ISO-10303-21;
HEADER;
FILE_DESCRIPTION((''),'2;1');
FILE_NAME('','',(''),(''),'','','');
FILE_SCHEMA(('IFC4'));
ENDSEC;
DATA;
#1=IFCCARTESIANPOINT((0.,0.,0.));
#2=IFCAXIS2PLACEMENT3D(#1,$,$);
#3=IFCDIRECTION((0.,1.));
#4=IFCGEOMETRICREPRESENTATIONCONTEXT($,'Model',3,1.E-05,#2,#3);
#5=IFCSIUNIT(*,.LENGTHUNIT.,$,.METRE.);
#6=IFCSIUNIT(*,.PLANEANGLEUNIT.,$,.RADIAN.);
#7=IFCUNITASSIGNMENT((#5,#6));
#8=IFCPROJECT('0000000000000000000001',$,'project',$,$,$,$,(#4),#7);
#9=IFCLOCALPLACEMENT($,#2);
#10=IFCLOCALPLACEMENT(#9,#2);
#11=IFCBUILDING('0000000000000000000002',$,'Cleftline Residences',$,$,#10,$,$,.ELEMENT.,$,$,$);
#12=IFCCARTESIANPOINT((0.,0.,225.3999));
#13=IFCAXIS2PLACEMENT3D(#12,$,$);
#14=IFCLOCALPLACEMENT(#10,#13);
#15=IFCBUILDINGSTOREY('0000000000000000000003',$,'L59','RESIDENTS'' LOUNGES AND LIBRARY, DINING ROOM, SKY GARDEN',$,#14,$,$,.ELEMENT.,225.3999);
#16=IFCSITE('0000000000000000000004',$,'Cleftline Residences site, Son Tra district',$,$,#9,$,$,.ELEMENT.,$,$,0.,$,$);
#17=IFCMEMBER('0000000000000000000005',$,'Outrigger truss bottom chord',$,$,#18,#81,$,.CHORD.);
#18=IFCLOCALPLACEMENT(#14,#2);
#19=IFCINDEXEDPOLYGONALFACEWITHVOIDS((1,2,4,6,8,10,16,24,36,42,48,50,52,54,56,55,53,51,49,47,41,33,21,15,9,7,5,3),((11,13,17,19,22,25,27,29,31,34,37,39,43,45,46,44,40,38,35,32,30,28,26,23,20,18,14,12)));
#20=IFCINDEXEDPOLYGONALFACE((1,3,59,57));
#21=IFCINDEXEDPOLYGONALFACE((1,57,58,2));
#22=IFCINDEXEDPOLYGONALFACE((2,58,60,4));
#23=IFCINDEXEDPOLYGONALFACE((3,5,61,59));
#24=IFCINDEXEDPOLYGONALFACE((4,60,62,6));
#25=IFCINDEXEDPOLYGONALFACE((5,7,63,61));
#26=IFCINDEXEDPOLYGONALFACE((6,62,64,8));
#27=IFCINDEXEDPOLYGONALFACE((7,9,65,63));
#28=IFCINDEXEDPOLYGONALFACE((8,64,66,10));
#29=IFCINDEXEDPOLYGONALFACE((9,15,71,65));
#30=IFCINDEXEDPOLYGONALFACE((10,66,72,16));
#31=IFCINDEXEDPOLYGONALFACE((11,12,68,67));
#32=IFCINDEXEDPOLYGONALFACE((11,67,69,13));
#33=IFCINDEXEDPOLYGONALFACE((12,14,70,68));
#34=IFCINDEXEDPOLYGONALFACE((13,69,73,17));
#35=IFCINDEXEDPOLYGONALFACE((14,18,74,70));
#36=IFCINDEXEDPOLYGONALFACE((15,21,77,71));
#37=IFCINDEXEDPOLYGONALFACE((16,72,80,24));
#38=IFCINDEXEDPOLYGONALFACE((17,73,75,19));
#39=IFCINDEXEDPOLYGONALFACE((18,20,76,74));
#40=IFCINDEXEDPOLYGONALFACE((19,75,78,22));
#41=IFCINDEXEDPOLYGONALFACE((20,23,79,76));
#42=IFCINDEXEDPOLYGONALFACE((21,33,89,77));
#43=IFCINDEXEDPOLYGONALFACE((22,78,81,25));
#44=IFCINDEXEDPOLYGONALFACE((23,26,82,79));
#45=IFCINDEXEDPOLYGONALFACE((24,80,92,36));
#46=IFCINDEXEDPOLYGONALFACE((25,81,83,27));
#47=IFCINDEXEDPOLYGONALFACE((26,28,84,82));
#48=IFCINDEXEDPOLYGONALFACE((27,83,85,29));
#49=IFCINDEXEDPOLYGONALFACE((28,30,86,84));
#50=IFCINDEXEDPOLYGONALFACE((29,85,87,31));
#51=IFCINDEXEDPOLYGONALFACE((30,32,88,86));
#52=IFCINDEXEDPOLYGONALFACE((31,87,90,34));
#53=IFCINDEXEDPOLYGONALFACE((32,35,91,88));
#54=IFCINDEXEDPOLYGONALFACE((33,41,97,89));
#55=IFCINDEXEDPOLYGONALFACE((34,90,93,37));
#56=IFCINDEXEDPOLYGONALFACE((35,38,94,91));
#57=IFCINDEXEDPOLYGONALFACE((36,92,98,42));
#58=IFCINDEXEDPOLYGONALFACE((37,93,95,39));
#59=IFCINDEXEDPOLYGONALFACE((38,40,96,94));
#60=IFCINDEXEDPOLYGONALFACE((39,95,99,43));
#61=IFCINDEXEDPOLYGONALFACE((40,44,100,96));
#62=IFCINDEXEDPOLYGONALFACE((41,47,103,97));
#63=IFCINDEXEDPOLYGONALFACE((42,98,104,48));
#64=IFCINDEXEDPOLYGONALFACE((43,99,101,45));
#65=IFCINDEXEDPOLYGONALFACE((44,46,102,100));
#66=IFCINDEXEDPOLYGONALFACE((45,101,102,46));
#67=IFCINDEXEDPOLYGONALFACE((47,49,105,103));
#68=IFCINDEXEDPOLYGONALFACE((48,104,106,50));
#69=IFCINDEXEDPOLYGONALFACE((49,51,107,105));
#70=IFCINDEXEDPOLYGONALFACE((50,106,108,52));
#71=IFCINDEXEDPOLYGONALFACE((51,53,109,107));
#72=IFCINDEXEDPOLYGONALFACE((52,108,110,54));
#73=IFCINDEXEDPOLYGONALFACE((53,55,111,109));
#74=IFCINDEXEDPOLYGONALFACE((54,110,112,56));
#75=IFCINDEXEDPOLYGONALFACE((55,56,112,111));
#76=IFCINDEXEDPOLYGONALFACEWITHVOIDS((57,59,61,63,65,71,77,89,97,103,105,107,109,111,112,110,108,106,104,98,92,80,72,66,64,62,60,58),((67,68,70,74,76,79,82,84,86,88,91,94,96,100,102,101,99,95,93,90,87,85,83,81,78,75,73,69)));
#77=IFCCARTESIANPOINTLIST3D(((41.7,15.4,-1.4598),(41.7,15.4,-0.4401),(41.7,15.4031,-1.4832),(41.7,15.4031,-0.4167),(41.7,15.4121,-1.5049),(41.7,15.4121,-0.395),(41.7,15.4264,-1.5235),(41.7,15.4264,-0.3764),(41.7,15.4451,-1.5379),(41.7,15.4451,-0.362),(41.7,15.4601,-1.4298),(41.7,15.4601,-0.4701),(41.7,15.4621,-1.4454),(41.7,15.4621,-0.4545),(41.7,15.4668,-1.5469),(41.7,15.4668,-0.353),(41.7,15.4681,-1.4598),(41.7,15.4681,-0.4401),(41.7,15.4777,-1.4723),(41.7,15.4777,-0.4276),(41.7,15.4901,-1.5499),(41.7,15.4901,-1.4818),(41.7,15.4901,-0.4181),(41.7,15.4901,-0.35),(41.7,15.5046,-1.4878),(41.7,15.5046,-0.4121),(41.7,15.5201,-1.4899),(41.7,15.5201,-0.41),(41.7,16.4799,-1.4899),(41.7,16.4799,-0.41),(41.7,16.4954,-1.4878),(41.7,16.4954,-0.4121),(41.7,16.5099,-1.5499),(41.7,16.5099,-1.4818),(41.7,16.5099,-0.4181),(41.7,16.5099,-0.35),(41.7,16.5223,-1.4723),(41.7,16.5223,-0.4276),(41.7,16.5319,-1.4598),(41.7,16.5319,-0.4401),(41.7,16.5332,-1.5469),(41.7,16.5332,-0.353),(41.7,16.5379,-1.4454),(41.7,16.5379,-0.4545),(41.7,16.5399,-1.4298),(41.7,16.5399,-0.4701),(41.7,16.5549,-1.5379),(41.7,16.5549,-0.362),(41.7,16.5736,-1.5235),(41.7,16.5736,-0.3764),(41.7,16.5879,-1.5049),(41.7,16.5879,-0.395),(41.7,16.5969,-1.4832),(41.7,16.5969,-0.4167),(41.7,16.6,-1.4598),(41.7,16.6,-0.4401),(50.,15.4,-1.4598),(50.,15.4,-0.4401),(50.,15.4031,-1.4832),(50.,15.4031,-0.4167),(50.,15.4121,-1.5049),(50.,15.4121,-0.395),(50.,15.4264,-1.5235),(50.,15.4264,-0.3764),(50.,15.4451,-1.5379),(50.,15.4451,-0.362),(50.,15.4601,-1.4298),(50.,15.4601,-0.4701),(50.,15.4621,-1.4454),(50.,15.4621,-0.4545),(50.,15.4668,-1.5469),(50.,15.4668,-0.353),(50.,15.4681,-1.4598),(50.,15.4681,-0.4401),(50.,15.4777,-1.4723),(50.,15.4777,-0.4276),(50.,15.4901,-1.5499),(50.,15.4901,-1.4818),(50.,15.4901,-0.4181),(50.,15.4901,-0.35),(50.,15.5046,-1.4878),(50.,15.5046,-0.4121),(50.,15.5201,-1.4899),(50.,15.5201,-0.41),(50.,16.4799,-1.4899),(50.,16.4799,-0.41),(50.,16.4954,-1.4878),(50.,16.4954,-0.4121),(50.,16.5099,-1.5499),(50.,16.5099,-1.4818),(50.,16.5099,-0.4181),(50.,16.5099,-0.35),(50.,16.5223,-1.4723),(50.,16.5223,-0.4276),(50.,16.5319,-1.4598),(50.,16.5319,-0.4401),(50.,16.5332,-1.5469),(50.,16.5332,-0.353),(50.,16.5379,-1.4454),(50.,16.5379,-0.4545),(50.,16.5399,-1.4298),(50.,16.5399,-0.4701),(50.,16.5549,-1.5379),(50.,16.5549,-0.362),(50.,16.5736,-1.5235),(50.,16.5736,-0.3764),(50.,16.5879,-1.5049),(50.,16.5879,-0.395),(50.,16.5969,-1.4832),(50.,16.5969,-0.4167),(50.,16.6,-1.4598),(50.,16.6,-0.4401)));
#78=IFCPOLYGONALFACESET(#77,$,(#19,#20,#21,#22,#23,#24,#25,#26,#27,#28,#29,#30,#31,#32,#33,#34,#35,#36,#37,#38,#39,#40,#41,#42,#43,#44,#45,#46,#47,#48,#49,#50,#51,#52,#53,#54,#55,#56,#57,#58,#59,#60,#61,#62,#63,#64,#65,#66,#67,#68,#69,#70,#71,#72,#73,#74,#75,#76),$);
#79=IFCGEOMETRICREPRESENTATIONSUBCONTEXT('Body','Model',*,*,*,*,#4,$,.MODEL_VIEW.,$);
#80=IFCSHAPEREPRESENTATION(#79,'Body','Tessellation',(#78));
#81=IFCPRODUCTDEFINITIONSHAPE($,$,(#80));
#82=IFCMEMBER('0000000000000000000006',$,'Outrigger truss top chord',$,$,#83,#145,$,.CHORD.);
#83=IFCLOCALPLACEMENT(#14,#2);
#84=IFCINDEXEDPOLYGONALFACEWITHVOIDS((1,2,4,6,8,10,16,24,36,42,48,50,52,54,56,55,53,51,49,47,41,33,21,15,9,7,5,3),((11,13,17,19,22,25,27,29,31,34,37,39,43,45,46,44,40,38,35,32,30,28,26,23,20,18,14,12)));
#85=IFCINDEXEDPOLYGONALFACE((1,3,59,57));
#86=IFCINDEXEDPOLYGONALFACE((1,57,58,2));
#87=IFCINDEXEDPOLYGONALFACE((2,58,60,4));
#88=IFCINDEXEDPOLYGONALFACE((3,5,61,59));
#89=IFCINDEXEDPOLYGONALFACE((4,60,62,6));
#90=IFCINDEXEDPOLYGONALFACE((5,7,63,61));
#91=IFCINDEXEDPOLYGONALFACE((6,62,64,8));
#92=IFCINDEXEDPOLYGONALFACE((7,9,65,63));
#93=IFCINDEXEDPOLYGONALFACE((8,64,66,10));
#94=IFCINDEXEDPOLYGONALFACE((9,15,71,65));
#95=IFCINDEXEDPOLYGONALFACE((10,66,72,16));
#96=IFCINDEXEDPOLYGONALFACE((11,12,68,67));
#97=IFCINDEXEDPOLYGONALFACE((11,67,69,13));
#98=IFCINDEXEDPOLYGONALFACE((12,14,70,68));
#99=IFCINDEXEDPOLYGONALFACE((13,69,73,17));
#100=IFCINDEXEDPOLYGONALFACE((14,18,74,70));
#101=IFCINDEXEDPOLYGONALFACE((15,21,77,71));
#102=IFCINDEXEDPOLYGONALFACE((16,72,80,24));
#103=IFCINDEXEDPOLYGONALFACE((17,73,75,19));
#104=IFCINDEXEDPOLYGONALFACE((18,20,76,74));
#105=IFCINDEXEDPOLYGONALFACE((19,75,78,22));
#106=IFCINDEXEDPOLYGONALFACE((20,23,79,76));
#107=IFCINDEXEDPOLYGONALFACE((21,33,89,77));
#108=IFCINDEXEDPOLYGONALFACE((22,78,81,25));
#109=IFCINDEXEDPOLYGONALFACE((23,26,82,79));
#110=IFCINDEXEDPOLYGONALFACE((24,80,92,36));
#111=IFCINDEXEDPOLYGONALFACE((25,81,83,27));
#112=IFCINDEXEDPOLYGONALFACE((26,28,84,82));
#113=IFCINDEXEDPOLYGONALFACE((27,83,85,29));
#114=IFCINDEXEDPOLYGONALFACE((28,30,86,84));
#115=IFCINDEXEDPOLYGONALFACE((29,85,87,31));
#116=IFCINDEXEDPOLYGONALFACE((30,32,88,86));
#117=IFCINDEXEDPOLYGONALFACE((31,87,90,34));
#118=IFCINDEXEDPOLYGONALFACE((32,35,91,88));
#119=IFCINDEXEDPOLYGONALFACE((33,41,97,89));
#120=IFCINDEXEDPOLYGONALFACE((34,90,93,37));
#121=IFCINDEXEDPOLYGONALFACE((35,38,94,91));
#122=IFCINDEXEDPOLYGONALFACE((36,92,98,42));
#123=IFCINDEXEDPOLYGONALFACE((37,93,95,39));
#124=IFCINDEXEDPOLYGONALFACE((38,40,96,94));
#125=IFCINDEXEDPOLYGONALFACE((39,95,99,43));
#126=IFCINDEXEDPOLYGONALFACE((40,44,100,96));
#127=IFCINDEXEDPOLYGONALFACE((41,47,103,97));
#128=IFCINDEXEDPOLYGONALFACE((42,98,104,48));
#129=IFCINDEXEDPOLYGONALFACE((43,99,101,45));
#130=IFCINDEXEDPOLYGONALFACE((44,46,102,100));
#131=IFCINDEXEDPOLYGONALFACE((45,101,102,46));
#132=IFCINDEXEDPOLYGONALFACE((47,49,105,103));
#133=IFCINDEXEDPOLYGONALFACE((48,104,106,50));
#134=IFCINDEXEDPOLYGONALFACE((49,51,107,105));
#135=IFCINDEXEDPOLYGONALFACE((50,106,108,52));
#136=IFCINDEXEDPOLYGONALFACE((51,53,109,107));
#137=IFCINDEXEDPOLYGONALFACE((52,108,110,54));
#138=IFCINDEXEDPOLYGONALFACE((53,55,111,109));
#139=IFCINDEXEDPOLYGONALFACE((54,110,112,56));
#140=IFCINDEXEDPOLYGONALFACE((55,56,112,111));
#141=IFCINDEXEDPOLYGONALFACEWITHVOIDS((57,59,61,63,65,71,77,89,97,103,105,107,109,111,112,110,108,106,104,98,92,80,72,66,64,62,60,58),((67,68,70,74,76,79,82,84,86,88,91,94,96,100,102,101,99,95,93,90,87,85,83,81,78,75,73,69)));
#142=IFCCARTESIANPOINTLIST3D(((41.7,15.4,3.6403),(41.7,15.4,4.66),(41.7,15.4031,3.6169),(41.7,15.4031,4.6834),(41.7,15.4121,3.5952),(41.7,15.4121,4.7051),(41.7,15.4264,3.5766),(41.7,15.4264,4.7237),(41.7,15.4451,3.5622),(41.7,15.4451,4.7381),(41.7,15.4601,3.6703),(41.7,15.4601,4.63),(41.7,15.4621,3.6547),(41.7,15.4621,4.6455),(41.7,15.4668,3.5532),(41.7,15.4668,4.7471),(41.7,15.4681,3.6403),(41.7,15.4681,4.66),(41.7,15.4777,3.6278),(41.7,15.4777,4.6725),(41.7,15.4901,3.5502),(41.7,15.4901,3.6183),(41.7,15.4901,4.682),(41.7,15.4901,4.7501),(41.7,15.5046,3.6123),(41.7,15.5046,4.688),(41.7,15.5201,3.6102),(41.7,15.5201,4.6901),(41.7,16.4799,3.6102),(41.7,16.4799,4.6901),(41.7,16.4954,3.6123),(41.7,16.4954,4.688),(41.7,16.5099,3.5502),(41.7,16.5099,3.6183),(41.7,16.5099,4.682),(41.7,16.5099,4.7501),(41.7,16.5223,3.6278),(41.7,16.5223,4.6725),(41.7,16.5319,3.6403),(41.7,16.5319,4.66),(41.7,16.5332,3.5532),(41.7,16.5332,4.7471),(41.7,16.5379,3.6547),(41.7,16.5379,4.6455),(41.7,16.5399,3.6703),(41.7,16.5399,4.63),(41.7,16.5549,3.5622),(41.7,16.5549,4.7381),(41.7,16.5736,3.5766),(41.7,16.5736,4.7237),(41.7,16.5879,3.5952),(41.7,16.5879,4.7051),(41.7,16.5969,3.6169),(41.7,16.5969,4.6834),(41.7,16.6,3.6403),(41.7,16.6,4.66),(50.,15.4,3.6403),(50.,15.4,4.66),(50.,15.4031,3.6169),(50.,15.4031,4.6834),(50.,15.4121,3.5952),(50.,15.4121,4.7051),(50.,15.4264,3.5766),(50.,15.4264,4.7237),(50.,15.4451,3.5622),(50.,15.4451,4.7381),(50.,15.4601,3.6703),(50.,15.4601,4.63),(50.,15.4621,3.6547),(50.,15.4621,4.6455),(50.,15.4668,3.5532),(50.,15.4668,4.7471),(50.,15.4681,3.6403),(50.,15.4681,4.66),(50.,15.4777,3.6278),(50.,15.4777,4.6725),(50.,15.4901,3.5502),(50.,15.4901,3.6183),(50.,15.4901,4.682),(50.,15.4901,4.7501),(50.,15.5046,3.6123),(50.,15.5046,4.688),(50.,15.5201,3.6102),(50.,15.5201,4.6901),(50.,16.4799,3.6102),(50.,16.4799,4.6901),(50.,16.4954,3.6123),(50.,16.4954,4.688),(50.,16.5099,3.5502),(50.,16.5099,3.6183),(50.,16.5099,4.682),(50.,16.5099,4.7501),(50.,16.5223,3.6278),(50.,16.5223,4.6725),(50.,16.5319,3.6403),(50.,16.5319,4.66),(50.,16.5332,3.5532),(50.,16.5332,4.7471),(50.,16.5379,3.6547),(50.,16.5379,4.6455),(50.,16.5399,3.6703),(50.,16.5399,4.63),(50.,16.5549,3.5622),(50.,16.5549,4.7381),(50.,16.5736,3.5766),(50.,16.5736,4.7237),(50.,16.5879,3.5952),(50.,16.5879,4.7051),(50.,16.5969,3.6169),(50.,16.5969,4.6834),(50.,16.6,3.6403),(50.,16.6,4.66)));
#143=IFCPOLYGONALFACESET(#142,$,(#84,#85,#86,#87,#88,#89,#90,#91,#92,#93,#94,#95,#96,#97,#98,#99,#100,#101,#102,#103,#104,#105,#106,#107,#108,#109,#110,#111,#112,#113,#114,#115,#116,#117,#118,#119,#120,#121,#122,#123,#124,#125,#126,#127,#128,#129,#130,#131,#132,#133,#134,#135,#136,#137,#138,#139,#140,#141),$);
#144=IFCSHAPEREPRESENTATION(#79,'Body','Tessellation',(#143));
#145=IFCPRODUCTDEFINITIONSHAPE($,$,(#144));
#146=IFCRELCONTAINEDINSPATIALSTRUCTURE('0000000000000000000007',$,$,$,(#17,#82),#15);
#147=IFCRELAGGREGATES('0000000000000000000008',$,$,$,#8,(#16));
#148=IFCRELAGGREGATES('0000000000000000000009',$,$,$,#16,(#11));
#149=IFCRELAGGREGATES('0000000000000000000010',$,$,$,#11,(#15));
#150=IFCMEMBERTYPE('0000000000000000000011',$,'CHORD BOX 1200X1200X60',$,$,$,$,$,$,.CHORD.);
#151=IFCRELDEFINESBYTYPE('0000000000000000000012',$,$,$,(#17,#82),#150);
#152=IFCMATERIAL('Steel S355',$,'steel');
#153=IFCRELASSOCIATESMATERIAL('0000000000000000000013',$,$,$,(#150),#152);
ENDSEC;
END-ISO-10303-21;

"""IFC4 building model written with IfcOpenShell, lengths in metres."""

from ifc_helpers import new_model, si_unit, direction, frame, origin, origin_2d, place, context, subcontext, project, spatial, hollow_rectangle, extrude, material, material_profile, profile_set, type_object, element, save


model = new_model("IFC4")

# Units and contexts
model_context = context("Model", 3, precision=1e-05, world=origin(), true_north=direction((0.0, 1.0)))
body_context = subcontext(model_context, "Body", "Model", "MODEL_VIEW")
ifc_project = project(units=[si_unit("LENGTHUNIT", "METRE"), si_unit("PLANEANGLEUNIT", "RADIAN")], contexts=[model_context])

# Site, building, storey
site_placement = place(None, origin())
site = spatial("IfcSite", under=ifc_project, at=site_placement, Name="Cleftline Residences site, Son Tra district", CompositionType="ELEMENT", RefElevation=0.0)
building_placement = place(site_placement, origin())
building = spatial("IfcBuilding", under=site, at=building_placement, Name="Cleftline Residences", CompositionType="ELEMENT")
storey_placement = place(building_placement, frame((0.0, 0.0, 225.3999)))
storey = spatial("IfcBuildingStorey", under=building, at=storey_placement, Name="L59", Description="RESIDENTS' LOUNGES AND LIBRARY, DINING ROOM, SKY GARDEN", CompositionType="ELEMENT", Elevation=225.3999)

# Members
ifc_material_1 = material(Name="Steel S355", Category="steel")
ifc_material_profile_1 = material_profile(ifc_material_1, hollow_rectangle(XDim=1.2, YDim=1.2, WallThickness=0.0601, InnerFilletRadius=0.0601, OuterFilletRadius=0.0901, at=origin_2d()))
ifc_profile_set_1 = profile_set([ifc_material_profile_1], Name="Steel S355")
member_type_1 = type_object("IfcMemberType", Name="CHORD BOX 1200X1200X60", PredefinedType="CHORD", material=ifc_profile_set_1)
for number, where, z_axis, x_axis, name in (
    (1, (41.7, 16.0, -0.95), (1.0, 0.0, 0.0), (0.0, 1.0, 0.0), "Outrigger truss bottom chord"),
    (2, (41.7, 16.0, 4.1501), (1.0, 0.0, 0.0), (0.0, 1.0, 0.0), "Outrigger truss top chord"),
):
    element("IfcMember", number, at=place(storey_placement, frame(where, z_axis=z_axis, x_axis=x_axis)), inside=storey, type_object=member_type_1, Name=name, PredefinedType="CHORD", context=body_context, shape_type="SweptSolid", body=[
        extrude(hollow_rectangle(XDim=1.2, YDim=1.2, WallThickness=0.0601, InnerFilletRadius=0.0601, OuterFilletRadius=0.0901, at=origin_2d()), origin(), (0.0, 0.0, 1.0), 8.3),
    ])

save(model, "model.ifc")
